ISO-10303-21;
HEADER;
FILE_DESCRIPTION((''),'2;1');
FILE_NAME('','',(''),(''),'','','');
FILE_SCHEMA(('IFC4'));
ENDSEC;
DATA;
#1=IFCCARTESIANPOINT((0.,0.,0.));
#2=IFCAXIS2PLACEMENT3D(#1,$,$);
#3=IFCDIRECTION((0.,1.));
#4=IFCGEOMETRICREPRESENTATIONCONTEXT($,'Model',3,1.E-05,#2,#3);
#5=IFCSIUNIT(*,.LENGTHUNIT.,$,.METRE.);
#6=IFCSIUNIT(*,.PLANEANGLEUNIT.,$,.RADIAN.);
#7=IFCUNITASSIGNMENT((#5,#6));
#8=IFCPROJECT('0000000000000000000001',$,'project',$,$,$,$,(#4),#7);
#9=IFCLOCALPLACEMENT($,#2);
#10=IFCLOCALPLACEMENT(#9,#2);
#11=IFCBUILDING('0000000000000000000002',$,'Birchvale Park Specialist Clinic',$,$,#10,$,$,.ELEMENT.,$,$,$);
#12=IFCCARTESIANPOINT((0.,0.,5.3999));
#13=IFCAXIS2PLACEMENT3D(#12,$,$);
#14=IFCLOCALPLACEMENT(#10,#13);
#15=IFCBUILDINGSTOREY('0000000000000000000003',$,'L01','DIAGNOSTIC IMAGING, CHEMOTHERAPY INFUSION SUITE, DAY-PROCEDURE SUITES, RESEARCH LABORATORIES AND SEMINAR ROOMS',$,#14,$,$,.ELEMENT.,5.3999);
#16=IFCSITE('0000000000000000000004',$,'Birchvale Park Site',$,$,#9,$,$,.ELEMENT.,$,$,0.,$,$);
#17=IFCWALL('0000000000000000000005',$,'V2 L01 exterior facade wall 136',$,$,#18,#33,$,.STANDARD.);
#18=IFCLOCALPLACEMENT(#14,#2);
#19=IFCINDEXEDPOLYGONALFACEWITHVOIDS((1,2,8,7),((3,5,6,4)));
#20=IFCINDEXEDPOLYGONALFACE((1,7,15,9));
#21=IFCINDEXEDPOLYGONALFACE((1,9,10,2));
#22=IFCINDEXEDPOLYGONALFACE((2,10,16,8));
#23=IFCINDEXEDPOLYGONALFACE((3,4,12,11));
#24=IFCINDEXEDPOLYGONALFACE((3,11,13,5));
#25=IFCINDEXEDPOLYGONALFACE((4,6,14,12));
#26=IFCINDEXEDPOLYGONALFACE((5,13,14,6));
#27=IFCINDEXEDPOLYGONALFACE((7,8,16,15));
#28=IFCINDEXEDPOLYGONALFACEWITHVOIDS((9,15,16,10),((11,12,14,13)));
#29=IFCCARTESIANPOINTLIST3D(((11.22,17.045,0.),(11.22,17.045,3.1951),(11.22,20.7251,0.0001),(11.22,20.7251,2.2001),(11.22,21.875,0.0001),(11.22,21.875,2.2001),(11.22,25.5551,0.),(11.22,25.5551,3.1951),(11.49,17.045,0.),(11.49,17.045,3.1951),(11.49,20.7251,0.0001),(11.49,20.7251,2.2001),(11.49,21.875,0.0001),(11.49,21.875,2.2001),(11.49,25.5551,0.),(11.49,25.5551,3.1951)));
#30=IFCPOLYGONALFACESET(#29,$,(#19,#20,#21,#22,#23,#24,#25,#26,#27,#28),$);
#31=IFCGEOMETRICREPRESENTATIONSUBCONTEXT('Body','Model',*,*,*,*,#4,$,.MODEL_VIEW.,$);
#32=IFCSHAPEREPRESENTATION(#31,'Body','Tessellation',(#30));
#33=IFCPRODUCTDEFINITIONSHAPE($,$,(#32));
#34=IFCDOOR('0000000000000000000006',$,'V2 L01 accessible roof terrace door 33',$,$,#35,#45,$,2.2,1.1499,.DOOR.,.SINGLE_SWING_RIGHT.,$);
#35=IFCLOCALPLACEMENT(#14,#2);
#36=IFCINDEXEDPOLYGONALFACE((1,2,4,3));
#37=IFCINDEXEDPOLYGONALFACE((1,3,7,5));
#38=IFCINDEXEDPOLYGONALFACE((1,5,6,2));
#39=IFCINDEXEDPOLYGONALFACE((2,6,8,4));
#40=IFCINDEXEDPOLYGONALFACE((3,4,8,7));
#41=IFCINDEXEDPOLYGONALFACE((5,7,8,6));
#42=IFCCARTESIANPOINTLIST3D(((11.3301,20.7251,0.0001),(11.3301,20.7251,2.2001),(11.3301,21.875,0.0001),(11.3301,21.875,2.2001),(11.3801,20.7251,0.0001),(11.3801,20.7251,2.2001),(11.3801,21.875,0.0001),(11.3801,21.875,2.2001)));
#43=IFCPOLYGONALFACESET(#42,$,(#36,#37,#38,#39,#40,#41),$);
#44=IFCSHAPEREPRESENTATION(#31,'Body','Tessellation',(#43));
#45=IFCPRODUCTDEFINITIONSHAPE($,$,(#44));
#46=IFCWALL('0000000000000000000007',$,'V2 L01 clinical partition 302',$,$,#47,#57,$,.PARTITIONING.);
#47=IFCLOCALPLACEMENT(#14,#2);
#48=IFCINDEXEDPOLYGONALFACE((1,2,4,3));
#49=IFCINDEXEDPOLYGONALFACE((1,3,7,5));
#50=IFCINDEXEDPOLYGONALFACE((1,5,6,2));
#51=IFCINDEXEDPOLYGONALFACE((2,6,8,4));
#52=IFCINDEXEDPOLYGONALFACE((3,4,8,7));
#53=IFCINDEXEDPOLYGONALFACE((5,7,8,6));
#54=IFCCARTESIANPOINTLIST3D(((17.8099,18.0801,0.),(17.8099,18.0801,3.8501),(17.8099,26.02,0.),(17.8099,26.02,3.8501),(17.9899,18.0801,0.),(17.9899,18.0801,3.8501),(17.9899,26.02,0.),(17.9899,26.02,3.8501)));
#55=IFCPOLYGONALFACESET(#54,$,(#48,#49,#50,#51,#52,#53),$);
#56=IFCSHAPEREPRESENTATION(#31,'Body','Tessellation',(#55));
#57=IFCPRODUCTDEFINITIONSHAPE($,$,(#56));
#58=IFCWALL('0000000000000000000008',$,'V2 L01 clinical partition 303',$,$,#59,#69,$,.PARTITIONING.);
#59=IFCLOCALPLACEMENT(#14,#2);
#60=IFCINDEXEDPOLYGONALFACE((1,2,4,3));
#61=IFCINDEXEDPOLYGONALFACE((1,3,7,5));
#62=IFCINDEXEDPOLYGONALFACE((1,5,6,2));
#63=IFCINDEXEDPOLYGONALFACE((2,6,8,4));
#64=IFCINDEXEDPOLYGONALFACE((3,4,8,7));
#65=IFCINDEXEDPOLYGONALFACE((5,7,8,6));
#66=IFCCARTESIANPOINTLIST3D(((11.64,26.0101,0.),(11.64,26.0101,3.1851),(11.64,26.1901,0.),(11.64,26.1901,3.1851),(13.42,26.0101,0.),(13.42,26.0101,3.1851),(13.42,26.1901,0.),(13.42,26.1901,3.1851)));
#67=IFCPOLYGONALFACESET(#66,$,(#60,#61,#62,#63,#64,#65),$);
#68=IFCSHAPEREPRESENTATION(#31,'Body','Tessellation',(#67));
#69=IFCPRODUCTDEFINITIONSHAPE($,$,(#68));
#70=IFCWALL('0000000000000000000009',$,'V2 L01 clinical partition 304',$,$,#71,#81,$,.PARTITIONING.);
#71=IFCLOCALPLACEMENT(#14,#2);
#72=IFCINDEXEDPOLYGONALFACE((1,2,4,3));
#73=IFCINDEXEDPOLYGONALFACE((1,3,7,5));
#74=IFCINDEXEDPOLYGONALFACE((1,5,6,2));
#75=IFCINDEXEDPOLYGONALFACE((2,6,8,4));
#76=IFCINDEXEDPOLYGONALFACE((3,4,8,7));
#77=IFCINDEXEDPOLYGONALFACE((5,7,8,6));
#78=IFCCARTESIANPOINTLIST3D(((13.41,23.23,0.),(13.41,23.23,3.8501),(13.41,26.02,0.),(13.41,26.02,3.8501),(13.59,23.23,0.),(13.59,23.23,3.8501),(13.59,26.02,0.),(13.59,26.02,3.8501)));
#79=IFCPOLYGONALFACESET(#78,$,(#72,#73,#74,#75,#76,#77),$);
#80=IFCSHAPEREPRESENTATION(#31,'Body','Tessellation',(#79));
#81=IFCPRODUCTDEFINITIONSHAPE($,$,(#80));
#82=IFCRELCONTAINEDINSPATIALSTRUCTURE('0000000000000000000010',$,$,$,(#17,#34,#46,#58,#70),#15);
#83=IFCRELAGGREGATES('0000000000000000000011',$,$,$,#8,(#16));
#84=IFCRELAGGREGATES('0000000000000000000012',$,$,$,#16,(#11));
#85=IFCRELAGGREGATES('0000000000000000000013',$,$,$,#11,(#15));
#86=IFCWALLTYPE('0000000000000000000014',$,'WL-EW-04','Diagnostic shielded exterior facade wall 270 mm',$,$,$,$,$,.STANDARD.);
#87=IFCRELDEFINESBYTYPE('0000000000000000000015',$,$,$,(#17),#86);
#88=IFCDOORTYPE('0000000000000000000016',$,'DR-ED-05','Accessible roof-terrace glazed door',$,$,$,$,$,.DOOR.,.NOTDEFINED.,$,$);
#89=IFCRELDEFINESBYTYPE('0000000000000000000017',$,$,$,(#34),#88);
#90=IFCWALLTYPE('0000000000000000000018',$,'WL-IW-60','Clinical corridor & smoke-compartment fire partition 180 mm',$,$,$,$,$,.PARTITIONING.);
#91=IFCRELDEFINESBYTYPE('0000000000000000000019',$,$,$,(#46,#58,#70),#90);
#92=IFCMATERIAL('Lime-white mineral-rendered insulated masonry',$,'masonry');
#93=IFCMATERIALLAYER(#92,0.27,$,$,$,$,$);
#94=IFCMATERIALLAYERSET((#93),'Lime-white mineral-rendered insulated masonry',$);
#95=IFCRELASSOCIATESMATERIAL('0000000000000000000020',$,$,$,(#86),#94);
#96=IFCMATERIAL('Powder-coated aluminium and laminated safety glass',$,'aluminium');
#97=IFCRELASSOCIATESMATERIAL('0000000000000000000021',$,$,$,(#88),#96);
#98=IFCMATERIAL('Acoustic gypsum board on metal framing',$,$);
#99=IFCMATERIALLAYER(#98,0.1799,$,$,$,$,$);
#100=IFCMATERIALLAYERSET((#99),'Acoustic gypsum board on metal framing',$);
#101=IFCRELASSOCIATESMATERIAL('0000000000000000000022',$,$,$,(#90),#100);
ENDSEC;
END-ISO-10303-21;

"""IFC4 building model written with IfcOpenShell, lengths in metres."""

from ifc_helpers import new_model, si_unit, direction, frame, frame_2d, origin, place, context, subcontext, project, spatial, rectangle, extrude, material, layer, layer_set, type_object, element, fill, save


model = new_model("IFC4")

# Units and contexts
model_context = context("Model", 3, precision=1e-05, world=origin(), true_north=direction((0.0, 1.0)))
body_context = subcontext(model_context, "Body", "Model", "MODEL_VIEW")
ifc_project = project(units=[si_unit("LENGTHUNIT", "METRE"), si_unit("PLANEANGLEUNIT", "RADIAN")], contexts=[model_context])

# Site, building, storey
site_placement = place(None, origin())
site = spatial("IfcSite", under=ifc_project, at=site_placement, Name="Birchvale Park Site", CompositionType="ELEMENT", RefElevation=0.0)
building_placement = place(site_placement, origin())
building = spatial("IfcBuilding", under=site, at=building_placement, Name="Birchvale Park Specialist Clinic", CompositionType="ELEMENT")
storey_placement = place(building_placement, frame((0.0, 0.0, 5.3999)))
storey = spatial("IfcBuildingStorey", under=building, at=storey_placement, Name="L01", Description="DIAGNOSTIC IMAGING, CHEMOTHERAPY INFUSION SUITE, DAY-PROCEDURE SUITES, RESEARCH LABORATORIES AND SEMINAR ROOMS", CompositionType="ELEMENT", Elevation=5.3999)

# Shared definitions
ifc_material_1 = material(Name="Lime-white mineral-rendered insulated masonry", Category="masonry")
ifc_layer_1 = layer(ifc_material_1, 0.27)
ifc_layer_set_1 = layer_set([ifc_layer_1], Name="Lime-white mineral-rendered insulated masonry")
wall_type_1 = type_object("IfcWallType", Name="WL-EW-04", Description="Diagnostic shielded exterior facade wall 270 mm", PredefinedType="STANDARD", material=ifc_layer_set_1)

# Wall, opening, door
wall_1_placement = place(storey_placement, frame((11.355, 25.5549, 0.0), z_axis=(0.0, 0.0, 1.0), x_axis=(0.0, -1.0, 0.0)))
wall_1 = element("IfcWall", 1, at=wall_1_placement, inside=storey, type_object=wall_type_1, Name="V2 L01 exterior facade wall 136", PredefinedType="STANDARD", context=body_context, shape_type="SweptSolid", body=[
    extrude(rectangle(XDim=8.51, YDim=0.27, at=frame_2d((4.2549, 0.0))), origin(), (0.0, 0.0, 1.0), 3.1951),
])
opening_1_placement = place(wall_1_placement, frame((3.6799, 0.0, 0.0)))
opening_1 = element("IfcOpeningElement", 2, at=opening_1_placement, cuts=wall_1, PredefinedType="OPENING", context=body_context, shape_type="SweptSolid", body=[
    extrude(rectangle(XDim=1.1499, YDim=2.2, at=frame_2d((0.575, 1.1001))), frame((0.0, 0.145, 0.0), z_axis=(0.0, -1.0, 0.0), x_axis=(1.0, 0.0, 0.0)), (0.0, 0.0, 1.0), 0.29),
])
ifc_material_2 = material(Name="Powder-coated aluminium and laminated safety glass", Category="aluminium")
door_type_1 = type_object("IfcDoorType", Name="DR-ED-05", Description="Accessible roof-terrace glazed door", OperationType="NOTDEFINED", PredefinedType="DOOR", material=ifc_material_2)
door_1_placement = place(opening_1_placement, frame((1.1499, 0.0, 0.0), z_axis=(0.0, 0.0, 1.0), x_axis=(-1.0, 0.0, 0.0)))
door_1 = element("IfcDoor", 3, at=door_1_placement, inside=storey, type_object=door_type_1, Name="V2 L01 accessible roof terrace door 33", OperationType="SINGLE_SWING_RIGHT", OverallHeight=2.2, OverallWidth=1.1499, PredefinedType="DOOR", context=body_context, shape_type="SweptSolid", body=[
    extrude(rectangle(XDim=1.1499, YDim=2.2, at=frame_2d((0.575, 1.1001))), frame((0.0, 0.0249, 0.0), z_axis=(0.0, -1.0, 0.0), x_axis=(1.0, 0.0, 0.0)), (0.0, 0.0, 1.0), 0.05),
])
fill(opening_1, door_1)
ifc_material_3 = material(Name="Acoustic gypsum board on metal framing")
ifc_layer_2 = layer(ifc_material_3, 0.1799)
ifc_layer_set_2 = layer_set([ifc_layer_2], Name="Acoustic gypsum board on metal framing")
wall_type_2 = type_object("IfcWallType", Name="WL-IW-60", Description="Clinical corridor & smoke-compartment fire partition 180 mm", PredefinedType="PARTITIONING", material=ifc_layer_set_2)

# Walls
wall_2_placement = place(storey_placement, frame((17.8999, 26.02, 0.0), z_axis=(0.0, 0.0, 1.0), x_axis=(0.0, -1.0, 0.0)))
element("IfcWall", 4, at=wall_2_placement, inside=storey, type_object=wall_type_2, Name="V2 L01 clinical partition 302", PredefinedType="PARTITIONING", context=body_context, shape_type="SweptSolid", body=[
    extrude(rectangle(XDim=7.9399, YDim=0.1799, at=frame_2d((3.97, 0.0))), origin(), (0.0, 0.0, 1.0), 3.8501),
])
wall_3_placement = place(storey_placement, frame((11.6399, 26.1001, 0.0), z_axis=(0.0, 0.0, 1.0), x_axis=(1.0, 0.0, 0.0)))
element("IfcWall", 5, at=wall_3_placement, inside=storey, type_object=wall_type_2, Name="V2 L01 clinical partition 303", PredefinedType="PARTITIONING", context=body_context, shape_type="SweptSolid", body=[
    extrude(rectangle(XDim=1.78, YDim=0.1799, at=frame_2d((0.8901, 0.0))), origin(), (0.0, 0.0, 1.0), 3.1851),
])
wall_4_placement = place(storey_placement, frame((13.5, 26.02, 0.0), z_axis=(0.0, 0.0, 1.0), x_axis=(0.0, -1.0, 0.0)))
element("IfcWall", 6, at=wall_4_placement, inside=storey, type_object=wall_type_2, Name="V2 L01 clinical partition 304", PredefinedType="PARTITIONING", context=body_context, shape_type="SweptSolid", body=[
    extrude(rectangle(XDim=2.79, YDim=0.1799, at=frame_2d((1.395, 0.0))), origin(), (0.0, 0.0, 1.0), 3.8501),
])

save(model, "model.ifc")
